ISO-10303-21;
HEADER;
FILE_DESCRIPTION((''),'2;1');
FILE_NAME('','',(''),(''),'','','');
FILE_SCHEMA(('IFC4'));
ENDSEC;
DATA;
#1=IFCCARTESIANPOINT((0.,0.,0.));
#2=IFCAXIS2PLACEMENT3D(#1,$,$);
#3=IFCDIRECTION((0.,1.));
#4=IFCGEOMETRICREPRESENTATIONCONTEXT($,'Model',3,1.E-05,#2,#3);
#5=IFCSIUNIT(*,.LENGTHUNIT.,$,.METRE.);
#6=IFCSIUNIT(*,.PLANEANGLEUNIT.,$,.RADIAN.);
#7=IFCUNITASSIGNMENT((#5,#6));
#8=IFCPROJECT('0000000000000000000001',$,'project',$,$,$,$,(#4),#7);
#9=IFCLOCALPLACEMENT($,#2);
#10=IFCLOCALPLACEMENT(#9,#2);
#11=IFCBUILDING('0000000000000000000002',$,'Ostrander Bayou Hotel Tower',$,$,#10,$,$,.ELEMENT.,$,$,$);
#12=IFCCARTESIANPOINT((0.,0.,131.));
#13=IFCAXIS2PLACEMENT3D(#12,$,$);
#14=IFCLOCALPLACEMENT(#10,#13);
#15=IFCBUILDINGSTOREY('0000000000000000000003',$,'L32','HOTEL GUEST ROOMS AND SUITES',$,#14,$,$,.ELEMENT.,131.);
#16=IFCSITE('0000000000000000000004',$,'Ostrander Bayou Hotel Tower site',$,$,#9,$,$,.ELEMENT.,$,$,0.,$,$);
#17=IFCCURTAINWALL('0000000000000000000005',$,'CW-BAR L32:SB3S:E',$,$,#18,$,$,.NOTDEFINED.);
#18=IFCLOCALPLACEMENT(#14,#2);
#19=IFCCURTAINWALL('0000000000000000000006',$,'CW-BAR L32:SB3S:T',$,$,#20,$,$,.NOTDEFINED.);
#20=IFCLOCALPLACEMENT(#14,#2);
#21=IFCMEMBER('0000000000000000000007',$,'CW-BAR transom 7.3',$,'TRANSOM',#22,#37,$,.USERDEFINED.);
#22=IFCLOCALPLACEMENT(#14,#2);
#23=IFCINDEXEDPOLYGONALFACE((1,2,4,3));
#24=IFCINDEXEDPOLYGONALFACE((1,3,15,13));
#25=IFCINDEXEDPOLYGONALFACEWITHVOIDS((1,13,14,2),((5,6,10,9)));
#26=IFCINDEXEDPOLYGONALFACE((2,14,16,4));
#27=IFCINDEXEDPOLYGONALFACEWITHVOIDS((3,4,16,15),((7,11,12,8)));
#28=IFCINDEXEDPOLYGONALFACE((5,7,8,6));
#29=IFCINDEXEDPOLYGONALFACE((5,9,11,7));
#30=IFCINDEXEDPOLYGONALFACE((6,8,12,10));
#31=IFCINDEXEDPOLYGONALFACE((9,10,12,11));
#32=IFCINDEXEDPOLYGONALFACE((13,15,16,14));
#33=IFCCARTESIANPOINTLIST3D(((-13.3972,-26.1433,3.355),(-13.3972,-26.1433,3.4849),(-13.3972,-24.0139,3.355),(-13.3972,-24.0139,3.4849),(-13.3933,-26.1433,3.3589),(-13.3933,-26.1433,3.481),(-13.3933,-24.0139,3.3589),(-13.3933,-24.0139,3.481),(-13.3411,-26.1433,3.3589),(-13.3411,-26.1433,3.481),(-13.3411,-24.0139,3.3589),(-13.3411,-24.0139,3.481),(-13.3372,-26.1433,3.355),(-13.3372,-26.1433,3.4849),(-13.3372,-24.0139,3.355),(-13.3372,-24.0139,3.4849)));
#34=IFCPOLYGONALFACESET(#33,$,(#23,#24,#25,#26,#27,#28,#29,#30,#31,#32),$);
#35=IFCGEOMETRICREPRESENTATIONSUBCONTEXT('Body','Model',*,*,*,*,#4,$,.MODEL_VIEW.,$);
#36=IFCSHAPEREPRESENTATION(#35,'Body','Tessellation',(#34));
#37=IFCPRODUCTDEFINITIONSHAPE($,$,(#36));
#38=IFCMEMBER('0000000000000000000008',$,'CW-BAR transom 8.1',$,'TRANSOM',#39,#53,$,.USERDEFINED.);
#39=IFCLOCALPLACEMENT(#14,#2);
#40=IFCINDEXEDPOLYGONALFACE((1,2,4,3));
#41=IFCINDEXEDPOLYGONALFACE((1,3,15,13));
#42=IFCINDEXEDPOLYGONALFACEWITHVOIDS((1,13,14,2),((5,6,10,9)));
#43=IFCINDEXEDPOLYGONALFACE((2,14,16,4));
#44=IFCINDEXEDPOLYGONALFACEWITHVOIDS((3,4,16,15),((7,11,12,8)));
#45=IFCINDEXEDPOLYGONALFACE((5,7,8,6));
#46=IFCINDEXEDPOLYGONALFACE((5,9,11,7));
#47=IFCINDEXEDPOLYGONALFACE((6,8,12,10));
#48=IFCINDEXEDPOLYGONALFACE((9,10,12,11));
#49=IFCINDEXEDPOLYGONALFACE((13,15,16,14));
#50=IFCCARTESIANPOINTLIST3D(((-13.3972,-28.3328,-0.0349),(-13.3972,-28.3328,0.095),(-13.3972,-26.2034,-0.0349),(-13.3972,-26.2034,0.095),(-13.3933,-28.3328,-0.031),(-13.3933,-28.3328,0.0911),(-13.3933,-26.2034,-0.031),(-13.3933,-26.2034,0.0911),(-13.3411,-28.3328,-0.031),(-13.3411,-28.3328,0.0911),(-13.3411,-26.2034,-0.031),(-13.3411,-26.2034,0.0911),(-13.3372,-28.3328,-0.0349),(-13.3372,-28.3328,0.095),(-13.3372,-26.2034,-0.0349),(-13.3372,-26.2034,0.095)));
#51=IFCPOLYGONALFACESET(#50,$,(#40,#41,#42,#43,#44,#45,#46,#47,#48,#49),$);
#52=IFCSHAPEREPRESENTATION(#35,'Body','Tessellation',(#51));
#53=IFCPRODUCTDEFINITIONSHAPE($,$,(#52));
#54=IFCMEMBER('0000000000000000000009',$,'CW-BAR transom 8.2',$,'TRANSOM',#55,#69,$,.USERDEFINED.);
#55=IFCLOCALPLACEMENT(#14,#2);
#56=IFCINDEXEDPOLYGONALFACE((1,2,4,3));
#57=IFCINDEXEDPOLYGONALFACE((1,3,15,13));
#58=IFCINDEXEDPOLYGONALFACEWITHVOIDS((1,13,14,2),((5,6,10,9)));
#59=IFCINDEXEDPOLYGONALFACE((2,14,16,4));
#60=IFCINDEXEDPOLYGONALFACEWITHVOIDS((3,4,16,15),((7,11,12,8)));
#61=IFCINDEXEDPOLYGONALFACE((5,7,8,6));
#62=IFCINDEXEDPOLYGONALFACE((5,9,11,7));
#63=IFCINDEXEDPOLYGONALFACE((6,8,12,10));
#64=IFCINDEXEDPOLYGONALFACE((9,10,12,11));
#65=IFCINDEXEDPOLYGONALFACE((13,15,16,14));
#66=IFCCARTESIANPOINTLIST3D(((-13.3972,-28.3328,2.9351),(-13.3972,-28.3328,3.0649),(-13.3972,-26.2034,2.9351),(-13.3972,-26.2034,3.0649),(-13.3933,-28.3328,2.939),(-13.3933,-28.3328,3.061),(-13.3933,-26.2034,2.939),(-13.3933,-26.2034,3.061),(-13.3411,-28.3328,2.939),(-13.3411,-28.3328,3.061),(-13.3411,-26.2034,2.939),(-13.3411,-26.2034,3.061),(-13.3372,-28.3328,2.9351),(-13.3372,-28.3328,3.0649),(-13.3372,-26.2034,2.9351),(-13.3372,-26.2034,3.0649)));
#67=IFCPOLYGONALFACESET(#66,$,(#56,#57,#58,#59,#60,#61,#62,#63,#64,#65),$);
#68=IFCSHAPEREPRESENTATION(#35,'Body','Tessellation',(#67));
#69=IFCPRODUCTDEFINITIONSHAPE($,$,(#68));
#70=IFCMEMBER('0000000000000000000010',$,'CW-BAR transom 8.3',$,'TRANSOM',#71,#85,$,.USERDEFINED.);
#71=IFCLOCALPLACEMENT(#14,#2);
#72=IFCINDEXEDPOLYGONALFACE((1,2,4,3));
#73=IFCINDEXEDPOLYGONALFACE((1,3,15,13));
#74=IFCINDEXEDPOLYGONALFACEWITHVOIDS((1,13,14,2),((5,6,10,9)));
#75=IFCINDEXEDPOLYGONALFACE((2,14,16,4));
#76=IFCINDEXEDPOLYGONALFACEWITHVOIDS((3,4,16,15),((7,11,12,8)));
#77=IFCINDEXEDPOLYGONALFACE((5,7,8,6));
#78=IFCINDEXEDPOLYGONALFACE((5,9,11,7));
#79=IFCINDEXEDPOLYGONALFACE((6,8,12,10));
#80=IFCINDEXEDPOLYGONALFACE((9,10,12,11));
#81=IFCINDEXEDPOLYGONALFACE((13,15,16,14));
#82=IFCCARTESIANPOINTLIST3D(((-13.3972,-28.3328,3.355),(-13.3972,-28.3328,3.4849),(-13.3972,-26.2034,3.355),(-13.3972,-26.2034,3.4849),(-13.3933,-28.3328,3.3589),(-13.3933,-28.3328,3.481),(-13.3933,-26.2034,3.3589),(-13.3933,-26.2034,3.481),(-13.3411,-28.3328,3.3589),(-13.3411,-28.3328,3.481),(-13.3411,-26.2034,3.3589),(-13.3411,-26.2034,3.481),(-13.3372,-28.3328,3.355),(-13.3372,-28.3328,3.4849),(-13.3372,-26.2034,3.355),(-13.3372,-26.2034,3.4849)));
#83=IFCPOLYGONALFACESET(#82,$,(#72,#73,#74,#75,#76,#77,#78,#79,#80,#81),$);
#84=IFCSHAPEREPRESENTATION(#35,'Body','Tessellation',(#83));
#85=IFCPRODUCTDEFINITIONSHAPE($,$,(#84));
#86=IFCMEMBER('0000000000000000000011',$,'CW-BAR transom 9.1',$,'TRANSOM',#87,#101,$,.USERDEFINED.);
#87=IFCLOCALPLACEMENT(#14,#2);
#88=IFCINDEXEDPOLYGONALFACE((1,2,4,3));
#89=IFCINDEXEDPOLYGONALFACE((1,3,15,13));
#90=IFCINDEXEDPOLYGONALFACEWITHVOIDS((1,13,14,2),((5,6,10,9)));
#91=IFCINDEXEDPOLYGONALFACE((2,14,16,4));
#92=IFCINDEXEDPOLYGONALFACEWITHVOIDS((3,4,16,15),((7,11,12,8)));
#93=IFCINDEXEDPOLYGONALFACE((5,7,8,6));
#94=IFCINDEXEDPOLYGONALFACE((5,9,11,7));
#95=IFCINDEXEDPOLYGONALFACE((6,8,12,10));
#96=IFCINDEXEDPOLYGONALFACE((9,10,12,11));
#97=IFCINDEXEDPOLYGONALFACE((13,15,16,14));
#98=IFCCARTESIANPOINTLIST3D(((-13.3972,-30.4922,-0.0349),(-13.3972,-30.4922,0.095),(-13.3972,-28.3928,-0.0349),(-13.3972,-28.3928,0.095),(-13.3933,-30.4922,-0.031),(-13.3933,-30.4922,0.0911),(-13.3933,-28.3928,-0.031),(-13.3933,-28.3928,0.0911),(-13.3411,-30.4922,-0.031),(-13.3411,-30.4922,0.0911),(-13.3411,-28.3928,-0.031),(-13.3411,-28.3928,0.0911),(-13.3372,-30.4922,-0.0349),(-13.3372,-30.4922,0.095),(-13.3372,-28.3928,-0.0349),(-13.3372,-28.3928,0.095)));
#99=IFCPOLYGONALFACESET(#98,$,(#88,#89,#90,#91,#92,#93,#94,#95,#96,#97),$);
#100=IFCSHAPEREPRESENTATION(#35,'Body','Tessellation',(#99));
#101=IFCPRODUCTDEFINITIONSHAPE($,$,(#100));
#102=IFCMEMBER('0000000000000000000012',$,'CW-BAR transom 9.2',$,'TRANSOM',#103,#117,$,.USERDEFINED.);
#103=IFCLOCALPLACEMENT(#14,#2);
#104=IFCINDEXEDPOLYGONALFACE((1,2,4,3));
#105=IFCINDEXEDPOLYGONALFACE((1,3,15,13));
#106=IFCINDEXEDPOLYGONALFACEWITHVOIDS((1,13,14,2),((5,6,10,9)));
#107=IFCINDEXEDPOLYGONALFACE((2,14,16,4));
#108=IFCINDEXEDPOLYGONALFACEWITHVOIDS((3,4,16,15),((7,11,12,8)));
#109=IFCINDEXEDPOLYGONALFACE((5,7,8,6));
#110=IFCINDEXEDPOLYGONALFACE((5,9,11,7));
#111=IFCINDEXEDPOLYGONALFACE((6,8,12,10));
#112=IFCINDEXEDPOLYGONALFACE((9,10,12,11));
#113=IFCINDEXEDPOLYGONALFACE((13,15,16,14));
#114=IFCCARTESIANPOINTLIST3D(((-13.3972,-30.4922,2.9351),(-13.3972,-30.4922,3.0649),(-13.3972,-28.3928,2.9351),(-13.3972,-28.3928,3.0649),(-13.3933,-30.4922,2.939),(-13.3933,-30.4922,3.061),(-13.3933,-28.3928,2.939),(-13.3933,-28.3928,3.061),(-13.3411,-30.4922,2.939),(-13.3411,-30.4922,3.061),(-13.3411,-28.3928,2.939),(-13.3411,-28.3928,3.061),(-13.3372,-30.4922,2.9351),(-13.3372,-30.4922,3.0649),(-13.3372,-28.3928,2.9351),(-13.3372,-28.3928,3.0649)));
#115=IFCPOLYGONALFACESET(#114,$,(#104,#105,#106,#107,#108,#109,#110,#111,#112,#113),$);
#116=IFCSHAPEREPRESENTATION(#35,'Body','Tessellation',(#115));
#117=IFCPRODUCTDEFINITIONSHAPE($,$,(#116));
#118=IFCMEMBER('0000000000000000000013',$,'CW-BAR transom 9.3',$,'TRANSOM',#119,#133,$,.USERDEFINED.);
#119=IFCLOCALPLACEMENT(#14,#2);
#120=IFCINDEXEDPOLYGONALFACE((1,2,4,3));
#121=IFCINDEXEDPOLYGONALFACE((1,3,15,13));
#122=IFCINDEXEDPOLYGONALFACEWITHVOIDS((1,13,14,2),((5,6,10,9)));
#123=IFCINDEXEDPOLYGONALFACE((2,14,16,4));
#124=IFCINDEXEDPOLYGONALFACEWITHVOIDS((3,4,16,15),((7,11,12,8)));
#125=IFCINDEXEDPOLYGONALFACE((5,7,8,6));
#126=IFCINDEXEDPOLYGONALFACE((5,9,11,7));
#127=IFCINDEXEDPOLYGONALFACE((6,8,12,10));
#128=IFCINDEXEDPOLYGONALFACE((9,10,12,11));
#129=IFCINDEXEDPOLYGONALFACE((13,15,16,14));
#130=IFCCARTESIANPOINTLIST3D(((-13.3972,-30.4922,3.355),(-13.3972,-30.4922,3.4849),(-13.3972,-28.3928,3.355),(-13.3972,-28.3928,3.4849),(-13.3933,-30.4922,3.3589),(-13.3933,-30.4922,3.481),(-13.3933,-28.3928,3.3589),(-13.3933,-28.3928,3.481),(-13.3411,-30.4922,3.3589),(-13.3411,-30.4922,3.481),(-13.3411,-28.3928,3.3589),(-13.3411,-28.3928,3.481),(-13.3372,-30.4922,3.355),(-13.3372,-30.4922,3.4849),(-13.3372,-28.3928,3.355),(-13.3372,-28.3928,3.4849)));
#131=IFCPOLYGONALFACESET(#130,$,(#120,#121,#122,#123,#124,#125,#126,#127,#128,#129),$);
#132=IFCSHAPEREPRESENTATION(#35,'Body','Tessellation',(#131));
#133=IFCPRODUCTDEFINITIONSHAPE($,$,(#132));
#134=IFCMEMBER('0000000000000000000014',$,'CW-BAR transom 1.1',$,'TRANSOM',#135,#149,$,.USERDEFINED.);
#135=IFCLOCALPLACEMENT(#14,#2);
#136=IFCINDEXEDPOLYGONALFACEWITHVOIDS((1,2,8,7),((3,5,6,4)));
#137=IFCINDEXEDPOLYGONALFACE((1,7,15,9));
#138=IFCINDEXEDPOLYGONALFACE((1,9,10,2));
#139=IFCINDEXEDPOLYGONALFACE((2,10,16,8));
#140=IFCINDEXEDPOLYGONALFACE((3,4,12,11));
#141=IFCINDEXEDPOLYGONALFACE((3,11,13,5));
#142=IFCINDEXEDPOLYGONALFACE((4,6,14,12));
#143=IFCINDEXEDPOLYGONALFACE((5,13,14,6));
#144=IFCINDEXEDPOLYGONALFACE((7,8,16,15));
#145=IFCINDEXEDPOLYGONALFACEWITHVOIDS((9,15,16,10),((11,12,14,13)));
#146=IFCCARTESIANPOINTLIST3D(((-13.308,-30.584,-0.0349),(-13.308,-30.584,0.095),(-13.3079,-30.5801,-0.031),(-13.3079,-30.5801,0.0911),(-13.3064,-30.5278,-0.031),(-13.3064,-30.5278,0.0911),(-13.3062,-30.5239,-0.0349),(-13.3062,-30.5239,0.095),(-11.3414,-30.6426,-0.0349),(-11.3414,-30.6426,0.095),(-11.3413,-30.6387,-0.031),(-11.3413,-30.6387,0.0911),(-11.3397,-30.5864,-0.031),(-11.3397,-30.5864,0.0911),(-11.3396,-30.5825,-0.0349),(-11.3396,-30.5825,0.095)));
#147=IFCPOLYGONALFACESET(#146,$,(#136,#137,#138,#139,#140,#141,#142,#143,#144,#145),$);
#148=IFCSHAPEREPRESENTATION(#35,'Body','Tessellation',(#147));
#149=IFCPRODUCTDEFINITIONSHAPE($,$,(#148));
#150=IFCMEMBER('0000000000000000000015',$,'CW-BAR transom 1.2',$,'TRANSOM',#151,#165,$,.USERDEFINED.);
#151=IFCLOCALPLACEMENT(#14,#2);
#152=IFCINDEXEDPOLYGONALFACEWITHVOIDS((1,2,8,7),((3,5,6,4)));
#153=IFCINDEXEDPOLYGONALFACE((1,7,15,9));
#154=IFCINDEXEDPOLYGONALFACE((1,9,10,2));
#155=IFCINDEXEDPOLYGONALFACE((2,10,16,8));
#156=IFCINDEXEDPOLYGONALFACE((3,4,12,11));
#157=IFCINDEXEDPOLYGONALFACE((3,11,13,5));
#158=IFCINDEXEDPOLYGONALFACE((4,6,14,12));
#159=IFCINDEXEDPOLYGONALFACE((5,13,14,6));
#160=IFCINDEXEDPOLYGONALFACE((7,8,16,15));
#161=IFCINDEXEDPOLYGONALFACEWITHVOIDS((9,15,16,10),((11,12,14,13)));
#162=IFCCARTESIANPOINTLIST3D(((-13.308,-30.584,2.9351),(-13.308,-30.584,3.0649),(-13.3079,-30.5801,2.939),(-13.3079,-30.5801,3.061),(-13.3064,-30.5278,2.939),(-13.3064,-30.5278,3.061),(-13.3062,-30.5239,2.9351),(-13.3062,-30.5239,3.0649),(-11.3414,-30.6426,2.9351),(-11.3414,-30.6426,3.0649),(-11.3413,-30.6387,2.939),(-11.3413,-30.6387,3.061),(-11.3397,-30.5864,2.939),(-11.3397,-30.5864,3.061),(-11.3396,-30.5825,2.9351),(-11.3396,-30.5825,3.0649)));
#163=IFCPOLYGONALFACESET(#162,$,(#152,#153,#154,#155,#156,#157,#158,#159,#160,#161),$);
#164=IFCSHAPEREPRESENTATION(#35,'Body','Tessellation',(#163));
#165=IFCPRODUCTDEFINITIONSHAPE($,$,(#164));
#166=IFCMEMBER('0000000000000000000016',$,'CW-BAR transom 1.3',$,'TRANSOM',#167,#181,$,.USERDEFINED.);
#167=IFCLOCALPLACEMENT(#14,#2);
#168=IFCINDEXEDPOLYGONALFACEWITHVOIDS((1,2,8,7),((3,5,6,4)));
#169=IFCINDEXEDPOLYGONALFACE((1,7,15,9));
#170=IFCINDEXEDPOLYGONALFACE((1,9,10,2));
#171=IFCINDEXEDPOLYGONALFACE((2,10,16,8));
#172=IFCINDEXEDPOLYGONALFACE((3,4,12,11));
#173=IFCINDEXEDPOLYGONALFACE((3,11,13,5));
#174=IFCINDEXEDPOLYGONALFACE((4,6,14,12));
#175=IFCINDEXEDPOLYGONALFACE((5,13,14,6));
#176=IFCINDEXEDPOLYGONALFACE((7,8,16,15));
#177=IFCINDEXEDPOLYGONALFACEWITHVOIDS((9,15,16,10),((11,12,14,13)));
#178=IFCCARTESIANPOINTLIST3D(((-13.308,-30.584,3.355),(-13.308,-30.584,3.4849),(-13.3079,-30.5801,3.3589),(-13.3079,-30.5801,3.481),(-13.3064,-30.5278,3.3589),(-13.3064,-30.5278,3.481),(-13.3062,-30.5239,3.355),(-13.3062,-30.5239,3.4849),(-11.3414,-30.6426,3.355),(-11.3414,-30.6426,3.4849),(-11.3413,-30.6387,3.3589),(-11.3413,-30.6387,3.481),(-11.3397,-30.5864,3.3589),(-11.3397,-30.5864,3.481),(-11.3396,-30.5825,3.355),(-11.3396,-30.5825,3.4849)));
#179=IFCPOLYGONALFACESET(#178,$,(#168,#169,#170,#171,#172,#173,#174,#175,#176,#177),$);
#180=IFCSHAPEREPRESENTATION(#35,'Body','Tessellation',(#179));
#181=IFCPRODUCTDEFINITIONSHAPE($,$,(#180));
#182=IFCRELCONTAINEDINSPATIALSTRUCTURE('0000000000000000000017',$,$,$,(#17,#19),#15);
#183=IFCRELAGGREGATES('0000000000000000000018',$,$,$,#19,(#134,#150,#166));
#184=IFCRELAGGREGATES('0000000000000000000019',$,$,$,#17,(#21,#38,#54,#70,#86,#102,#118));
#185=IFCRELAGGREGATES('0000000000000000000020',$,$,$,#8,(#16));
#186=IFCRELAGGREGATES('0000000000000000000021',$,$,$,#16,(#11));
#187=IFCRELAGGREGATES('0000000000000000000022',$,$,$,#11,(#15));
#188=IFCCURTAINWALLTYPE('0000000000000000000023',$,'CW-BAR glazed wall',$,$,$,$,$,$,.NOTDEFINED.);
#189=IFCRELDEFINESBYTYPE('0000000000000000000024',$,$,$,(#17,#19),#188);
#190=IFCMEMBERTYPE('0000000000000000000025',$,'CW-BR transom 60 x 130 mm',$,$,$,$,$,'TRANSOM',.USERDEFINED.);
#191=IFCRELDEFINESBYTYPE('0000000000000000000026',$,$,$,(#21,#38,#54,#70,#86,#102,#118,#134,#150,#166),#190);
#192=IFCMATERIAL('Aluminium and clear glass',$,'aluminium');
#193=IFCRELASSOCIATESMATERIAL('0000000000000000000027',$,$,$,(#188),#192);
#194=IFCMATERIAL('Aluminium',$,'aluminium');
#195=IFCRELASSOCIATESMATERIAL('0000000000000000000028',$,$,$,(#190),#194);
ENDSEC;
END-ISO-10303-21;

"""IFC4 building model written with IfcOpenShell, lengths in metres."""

from ifc_helpers import new_model, si_unit, direction, frame, origin, origin_2d, place, context, subcontext, project, spatial, hollow_rectangle, extrude, material, material_profile, profile_set, type_object, element, aggregate, save


model = new_model("IFC4")

# Units and contexts
model_context = context("Model", 3, precision=1e-05, world=origin(), true_north=direction((0.0, 1.0)))
body_context = subcontext(model_context, "Body", "Model", "MODEL_VIEW")
ifc_project = project(units=[si_unit("LENGTHUNIT", "METRE"), si_unit("PLANEANGLEUNIT", "RADIAN")], contexts=[model_context])

# Site, building, storey
site_placement = place(None, origin())
site = spatial("IfcSite", under=ifc_project, at=site_placement, Name="Ostrander Bayou Hotel Tower site", CompositionType="ELEMENT", RefElevation=0.0)
building_placement = place(site_placement, origin())
building = spatial("IfcBuilding", under=site, at=building_placement, Name="Ostrander Bayou Hotel Tower", CompositionType="ELEMENT")
storey_placement = place(building_placement, frame((0.0, 0.0, 131.0)))
storey = spatial("IfcBuildingStorey", under=building, at=storey_placement, Name="L32", Description="HOTEL GUEST ROOMS AND SUITES", CompositionType="ELEMENT", Elevation=131.0)

# Curtain wall
ifc_material_1 = material(Name="Aluminium and clear glass", Category="aluminium")
curtain_wall_type = type_object("IfcCurtainWallType", Name="CW-BAR glazed wall", PredefinedType="NOTDEFINED", material=ifc_material_1)
curtain_wall_1_placement = place(storey_placement, origin())
curtain_wall_1 = element("IfcCurtainWall", 1, at=curtain_wall_1_placement, inside=storey, type_object=curtain_wall_type, Name="CW-BAR L32:SB3S:E", PredefinedType="NOTDEFINED")

# Curtain wall
curtain_wall_2_placement = place(storey_placement, origin())
curtain_wall_2 = element("IfcCurtainWall", 2, at=curtain_wall_2_placement, inside=storey, type_object=curtain_wall_type, Name="CW-BAR L32:SB3S:T", PredefinedType="NOTDEFINED")

# Members
ifc_material_2 = material(Name="Aluminium", Category="aluminium")
ifc_material_profile_1 = material_profile(ifc_material_2, hollow_rectangle(XDim=0.0601, YDim=0.1299, WallThickness=0.0039, at=origin_2d()))
ifc_profile_set_1 = profile_set([ifc_material_profile_1], Name="Aluminium")
member_type_1 = type_object("IfcMemberType", Name="CW-BR transom 60 x 130 mm", ElementType="TRANSOM", PredefinedType="USERDEFINED", material=ifc_profile_set_1)
member_1_placement = place(storey_placement, frame((-13.3672, -24.0139, 3.4199), z_axis=(0.0, -1.0, 0.0), x_axis=(1.0, 0.0, 0.0)))
member_1 = element("IfcMember", 3, at=member_1_placement, type_object=member_type_1, Name="CW-BAR transom 7.3", ObjectType="TRANSOM", PredefinedType="USERDEFINED", context=body_context, shape_type="SweptSolid", body=[
    extrude(hollow_rectangle(XDim=0.0601, YDim=0.1299, WallThickness=0.0039, at=origin_2d()), origin(), (0.0, 0.0, 1.0), 2.1294),
])
member_2_placement = place(storey_placement, frame((-13.3672, -26.2034, 0.03), z_axis=(0.0, -1.0, 0.0), x_axis=(1.0, 0.0, 0.0)))
member_2 = element("IfcMember", 4, at=member_2_placement, type_object=member_type_1, Name="CW-BAR transom 8.1", ObjectType="TRANSOM", PredefinedType="USERDEFINED", context=body_context, shape_type="SweptSolid", body=[
    extrude(hollow_rectangle(XDim=0.0601, YDim=0.1299, WallThickness=0.0039, at=origin_2d()), origin(), (0.0, 0.0, 1.0), 2.1294),
])
member_3_placement = place(storey_placement, frame((-13.3672, -26.2034, 3.0), z_axis=(0.0, -1.0, 0.0), x_axis=(1.0, 0.0, 0.0)))
member_3 = element("IfcMember", 5, at=member_3_placement, type_object=member_type_1, Name="CW-BAR transom 8.2", ObjectType="TRANSOM", PredefinedType="USERDEFINED", context=body_context, shape_type="SweptSolid", body=[
    extrude(hollow_rectangle(XDim=0.0601, YDim=0.1299, WallThickness=0.0039, at=origin_2d()), origin(), (0.0, 0.0, 1.0), 2.1294),
])
member_4_placement = place(storey_placement, frame((-13.3672, -26.2034, 3.4199), z_axis=(0.0, -1.0, 0.0), x_axis=(1.0, 0.0, 0.0)))
member_4 = element("IfcMember", 6, at=member_4_placement, type_object=member_type_1, Name="CW-BAR transom 8.3", ObjectType="TRANSOM", PredefinedType="USERDEFINED", context=body_context, shape_type="SweptSolid", body=[
    extrude(hollow_rectangle(XDim=0.0601, YDim=0.1299, WallThickness=0.0039, at=origin_2d()), origin(), (0.0, 0.0, 1.0), 2.1294),
])
member_5_placement = place(storey_placement, frame((-13.3672, -28.3928, 0.03), z_axis=(0.0, -1.0, 0.0), x_axis=(1.0, 0.0, 0.0)))
member_5 = element("IfcMember", 7, at=member_5_placement, type_object=member_type_1, Name="CW-BAR transom 9.1", ObjectType="TRANSOM", PredefinedType="USERDEFINED", context=body_context, shape_type="SweptSolid", body=[
    extrude(hollow_rectangle(XDim=0.0601, YDim=0.1299, WallThickness=0.0039, at=origin_2d()), origin(), (0.0, 0.0, 1.0), 2.0994),
])
member_6_placement = place(storey_placement, frame((-13.3672, -28.3928, 3.0), z_axis=(0.0, -1.0, 0.0), x_axis=(1.0, 0.0, 0.0)))
member_6 = element("IfcMember", 8, at=member_6_placement, type_object=member_type_1, Name="CW-BAR transom 9.2", ObjectType="TRANSOM", PredefinedType="USERDEFINED", context=body_context, shape_type="SweptSolid", body=[
    extrude(hollow_rectangle(XDim=0.0601, YDim=0.1299, WallThickness=0.0039, at=origin_2d()), origin(), (0.0, 0.0, 1.0), 2.0994),
])
member_7_placement = place(storey_placement, frame((-13.3672, -28.3928, 3.4199), z_axis=(0.0, -1.0, 0.0), x_axis=(1.0, 0.0, 0.0)))
member_7 = element("IfcMember", 9, at=member_7_placement, type_object=member_type_1, Name="CW-BAR transom 9.3", ObjectType="TRANSOM", PredefinedType="USERDEFINED", context=body_context, shape_type="SweptSolid", body=[
    extrude(hollow_rectangle(XDim=0.0601, YDim=0.1299, WallThickness=0.0039, at=origin_2d()), origin(), (0.0, 0.0, 1.0), 2.0994),
])
member_8_placement = place(storey_placement, frame((-13.3071, -30.554, 0.03), z_axis=(0.999556, -0.029782, 0.0), x_axis=(0.029782, 0.999556, 0.0)))
member_8 = element("IfcMember", 10, at=member_8_placement, type_object=member_type_1, Name="CW-BAR transom 1.1", ObjectType="TRANSOM", PredefinedType="USERDEFINED", context=body_context, shape_type="SweptSolid", body=[
    extrude(hollow_rectangle(XDim=0.0601, YDim=0.1299, WallThickness=0.0039, at=origin_2d()), origin(), (0.0, 0.0, 1.0), 1.9675),
])
member_9_placement = place(storey_placement, frame((-13.3071, -30.554, 3.0), z_axis=(0.999556, -0.029782, 0.0), x_axis=(0.029782, 0.999556, 0.0)))
member_9 = element("IfcMember", 11, at=member_9_placement, type_object=member_type_1, Name="CW-BAR transom 1.2", ObjectType="TRANSOM", PredefinedType="USERDEFINED", context=body_context, shape_type="SweptSolid", body=[
    extrude(hollow_rectangle(XDim=0.0601, YDim=0.1299, WallThickness=0.0039, at=origin_2d()), origin(), (0.0, 0.0, 1.0), 1.9675),
])
member_10_placement = place(storey_placement, frame((-13.3071, -30.554, 3.4199), z_axis=(0.999556, -0.029782, 0.0), x_axis=(0.029782, 0.999556, 0.0)))
member_10 = element("IfcMember", 12, at=member_10_placement, type_object=member_type_1, Name="CW-BAR transom 1.3", ObjectType="TRANSOM", PredefinedType="USERDEFINED", context=body_context, shape_type="SweptSolid", body=[
    extrude(hollow_rectangle(XDim=0.0601, YDim=0.1299, WallThickness=0.0039, at=origin_2d()), origin(), (0.0, 0.0, 1.0), 1.9675),
])
aggregate(curtain_wall_2, [member_8, member_9, member_10])

aggregate(curtain_wall_1, [member_1, member_2, member_3, member_4, member_5, member_6, member_7])

save(model, "model.ifc")
